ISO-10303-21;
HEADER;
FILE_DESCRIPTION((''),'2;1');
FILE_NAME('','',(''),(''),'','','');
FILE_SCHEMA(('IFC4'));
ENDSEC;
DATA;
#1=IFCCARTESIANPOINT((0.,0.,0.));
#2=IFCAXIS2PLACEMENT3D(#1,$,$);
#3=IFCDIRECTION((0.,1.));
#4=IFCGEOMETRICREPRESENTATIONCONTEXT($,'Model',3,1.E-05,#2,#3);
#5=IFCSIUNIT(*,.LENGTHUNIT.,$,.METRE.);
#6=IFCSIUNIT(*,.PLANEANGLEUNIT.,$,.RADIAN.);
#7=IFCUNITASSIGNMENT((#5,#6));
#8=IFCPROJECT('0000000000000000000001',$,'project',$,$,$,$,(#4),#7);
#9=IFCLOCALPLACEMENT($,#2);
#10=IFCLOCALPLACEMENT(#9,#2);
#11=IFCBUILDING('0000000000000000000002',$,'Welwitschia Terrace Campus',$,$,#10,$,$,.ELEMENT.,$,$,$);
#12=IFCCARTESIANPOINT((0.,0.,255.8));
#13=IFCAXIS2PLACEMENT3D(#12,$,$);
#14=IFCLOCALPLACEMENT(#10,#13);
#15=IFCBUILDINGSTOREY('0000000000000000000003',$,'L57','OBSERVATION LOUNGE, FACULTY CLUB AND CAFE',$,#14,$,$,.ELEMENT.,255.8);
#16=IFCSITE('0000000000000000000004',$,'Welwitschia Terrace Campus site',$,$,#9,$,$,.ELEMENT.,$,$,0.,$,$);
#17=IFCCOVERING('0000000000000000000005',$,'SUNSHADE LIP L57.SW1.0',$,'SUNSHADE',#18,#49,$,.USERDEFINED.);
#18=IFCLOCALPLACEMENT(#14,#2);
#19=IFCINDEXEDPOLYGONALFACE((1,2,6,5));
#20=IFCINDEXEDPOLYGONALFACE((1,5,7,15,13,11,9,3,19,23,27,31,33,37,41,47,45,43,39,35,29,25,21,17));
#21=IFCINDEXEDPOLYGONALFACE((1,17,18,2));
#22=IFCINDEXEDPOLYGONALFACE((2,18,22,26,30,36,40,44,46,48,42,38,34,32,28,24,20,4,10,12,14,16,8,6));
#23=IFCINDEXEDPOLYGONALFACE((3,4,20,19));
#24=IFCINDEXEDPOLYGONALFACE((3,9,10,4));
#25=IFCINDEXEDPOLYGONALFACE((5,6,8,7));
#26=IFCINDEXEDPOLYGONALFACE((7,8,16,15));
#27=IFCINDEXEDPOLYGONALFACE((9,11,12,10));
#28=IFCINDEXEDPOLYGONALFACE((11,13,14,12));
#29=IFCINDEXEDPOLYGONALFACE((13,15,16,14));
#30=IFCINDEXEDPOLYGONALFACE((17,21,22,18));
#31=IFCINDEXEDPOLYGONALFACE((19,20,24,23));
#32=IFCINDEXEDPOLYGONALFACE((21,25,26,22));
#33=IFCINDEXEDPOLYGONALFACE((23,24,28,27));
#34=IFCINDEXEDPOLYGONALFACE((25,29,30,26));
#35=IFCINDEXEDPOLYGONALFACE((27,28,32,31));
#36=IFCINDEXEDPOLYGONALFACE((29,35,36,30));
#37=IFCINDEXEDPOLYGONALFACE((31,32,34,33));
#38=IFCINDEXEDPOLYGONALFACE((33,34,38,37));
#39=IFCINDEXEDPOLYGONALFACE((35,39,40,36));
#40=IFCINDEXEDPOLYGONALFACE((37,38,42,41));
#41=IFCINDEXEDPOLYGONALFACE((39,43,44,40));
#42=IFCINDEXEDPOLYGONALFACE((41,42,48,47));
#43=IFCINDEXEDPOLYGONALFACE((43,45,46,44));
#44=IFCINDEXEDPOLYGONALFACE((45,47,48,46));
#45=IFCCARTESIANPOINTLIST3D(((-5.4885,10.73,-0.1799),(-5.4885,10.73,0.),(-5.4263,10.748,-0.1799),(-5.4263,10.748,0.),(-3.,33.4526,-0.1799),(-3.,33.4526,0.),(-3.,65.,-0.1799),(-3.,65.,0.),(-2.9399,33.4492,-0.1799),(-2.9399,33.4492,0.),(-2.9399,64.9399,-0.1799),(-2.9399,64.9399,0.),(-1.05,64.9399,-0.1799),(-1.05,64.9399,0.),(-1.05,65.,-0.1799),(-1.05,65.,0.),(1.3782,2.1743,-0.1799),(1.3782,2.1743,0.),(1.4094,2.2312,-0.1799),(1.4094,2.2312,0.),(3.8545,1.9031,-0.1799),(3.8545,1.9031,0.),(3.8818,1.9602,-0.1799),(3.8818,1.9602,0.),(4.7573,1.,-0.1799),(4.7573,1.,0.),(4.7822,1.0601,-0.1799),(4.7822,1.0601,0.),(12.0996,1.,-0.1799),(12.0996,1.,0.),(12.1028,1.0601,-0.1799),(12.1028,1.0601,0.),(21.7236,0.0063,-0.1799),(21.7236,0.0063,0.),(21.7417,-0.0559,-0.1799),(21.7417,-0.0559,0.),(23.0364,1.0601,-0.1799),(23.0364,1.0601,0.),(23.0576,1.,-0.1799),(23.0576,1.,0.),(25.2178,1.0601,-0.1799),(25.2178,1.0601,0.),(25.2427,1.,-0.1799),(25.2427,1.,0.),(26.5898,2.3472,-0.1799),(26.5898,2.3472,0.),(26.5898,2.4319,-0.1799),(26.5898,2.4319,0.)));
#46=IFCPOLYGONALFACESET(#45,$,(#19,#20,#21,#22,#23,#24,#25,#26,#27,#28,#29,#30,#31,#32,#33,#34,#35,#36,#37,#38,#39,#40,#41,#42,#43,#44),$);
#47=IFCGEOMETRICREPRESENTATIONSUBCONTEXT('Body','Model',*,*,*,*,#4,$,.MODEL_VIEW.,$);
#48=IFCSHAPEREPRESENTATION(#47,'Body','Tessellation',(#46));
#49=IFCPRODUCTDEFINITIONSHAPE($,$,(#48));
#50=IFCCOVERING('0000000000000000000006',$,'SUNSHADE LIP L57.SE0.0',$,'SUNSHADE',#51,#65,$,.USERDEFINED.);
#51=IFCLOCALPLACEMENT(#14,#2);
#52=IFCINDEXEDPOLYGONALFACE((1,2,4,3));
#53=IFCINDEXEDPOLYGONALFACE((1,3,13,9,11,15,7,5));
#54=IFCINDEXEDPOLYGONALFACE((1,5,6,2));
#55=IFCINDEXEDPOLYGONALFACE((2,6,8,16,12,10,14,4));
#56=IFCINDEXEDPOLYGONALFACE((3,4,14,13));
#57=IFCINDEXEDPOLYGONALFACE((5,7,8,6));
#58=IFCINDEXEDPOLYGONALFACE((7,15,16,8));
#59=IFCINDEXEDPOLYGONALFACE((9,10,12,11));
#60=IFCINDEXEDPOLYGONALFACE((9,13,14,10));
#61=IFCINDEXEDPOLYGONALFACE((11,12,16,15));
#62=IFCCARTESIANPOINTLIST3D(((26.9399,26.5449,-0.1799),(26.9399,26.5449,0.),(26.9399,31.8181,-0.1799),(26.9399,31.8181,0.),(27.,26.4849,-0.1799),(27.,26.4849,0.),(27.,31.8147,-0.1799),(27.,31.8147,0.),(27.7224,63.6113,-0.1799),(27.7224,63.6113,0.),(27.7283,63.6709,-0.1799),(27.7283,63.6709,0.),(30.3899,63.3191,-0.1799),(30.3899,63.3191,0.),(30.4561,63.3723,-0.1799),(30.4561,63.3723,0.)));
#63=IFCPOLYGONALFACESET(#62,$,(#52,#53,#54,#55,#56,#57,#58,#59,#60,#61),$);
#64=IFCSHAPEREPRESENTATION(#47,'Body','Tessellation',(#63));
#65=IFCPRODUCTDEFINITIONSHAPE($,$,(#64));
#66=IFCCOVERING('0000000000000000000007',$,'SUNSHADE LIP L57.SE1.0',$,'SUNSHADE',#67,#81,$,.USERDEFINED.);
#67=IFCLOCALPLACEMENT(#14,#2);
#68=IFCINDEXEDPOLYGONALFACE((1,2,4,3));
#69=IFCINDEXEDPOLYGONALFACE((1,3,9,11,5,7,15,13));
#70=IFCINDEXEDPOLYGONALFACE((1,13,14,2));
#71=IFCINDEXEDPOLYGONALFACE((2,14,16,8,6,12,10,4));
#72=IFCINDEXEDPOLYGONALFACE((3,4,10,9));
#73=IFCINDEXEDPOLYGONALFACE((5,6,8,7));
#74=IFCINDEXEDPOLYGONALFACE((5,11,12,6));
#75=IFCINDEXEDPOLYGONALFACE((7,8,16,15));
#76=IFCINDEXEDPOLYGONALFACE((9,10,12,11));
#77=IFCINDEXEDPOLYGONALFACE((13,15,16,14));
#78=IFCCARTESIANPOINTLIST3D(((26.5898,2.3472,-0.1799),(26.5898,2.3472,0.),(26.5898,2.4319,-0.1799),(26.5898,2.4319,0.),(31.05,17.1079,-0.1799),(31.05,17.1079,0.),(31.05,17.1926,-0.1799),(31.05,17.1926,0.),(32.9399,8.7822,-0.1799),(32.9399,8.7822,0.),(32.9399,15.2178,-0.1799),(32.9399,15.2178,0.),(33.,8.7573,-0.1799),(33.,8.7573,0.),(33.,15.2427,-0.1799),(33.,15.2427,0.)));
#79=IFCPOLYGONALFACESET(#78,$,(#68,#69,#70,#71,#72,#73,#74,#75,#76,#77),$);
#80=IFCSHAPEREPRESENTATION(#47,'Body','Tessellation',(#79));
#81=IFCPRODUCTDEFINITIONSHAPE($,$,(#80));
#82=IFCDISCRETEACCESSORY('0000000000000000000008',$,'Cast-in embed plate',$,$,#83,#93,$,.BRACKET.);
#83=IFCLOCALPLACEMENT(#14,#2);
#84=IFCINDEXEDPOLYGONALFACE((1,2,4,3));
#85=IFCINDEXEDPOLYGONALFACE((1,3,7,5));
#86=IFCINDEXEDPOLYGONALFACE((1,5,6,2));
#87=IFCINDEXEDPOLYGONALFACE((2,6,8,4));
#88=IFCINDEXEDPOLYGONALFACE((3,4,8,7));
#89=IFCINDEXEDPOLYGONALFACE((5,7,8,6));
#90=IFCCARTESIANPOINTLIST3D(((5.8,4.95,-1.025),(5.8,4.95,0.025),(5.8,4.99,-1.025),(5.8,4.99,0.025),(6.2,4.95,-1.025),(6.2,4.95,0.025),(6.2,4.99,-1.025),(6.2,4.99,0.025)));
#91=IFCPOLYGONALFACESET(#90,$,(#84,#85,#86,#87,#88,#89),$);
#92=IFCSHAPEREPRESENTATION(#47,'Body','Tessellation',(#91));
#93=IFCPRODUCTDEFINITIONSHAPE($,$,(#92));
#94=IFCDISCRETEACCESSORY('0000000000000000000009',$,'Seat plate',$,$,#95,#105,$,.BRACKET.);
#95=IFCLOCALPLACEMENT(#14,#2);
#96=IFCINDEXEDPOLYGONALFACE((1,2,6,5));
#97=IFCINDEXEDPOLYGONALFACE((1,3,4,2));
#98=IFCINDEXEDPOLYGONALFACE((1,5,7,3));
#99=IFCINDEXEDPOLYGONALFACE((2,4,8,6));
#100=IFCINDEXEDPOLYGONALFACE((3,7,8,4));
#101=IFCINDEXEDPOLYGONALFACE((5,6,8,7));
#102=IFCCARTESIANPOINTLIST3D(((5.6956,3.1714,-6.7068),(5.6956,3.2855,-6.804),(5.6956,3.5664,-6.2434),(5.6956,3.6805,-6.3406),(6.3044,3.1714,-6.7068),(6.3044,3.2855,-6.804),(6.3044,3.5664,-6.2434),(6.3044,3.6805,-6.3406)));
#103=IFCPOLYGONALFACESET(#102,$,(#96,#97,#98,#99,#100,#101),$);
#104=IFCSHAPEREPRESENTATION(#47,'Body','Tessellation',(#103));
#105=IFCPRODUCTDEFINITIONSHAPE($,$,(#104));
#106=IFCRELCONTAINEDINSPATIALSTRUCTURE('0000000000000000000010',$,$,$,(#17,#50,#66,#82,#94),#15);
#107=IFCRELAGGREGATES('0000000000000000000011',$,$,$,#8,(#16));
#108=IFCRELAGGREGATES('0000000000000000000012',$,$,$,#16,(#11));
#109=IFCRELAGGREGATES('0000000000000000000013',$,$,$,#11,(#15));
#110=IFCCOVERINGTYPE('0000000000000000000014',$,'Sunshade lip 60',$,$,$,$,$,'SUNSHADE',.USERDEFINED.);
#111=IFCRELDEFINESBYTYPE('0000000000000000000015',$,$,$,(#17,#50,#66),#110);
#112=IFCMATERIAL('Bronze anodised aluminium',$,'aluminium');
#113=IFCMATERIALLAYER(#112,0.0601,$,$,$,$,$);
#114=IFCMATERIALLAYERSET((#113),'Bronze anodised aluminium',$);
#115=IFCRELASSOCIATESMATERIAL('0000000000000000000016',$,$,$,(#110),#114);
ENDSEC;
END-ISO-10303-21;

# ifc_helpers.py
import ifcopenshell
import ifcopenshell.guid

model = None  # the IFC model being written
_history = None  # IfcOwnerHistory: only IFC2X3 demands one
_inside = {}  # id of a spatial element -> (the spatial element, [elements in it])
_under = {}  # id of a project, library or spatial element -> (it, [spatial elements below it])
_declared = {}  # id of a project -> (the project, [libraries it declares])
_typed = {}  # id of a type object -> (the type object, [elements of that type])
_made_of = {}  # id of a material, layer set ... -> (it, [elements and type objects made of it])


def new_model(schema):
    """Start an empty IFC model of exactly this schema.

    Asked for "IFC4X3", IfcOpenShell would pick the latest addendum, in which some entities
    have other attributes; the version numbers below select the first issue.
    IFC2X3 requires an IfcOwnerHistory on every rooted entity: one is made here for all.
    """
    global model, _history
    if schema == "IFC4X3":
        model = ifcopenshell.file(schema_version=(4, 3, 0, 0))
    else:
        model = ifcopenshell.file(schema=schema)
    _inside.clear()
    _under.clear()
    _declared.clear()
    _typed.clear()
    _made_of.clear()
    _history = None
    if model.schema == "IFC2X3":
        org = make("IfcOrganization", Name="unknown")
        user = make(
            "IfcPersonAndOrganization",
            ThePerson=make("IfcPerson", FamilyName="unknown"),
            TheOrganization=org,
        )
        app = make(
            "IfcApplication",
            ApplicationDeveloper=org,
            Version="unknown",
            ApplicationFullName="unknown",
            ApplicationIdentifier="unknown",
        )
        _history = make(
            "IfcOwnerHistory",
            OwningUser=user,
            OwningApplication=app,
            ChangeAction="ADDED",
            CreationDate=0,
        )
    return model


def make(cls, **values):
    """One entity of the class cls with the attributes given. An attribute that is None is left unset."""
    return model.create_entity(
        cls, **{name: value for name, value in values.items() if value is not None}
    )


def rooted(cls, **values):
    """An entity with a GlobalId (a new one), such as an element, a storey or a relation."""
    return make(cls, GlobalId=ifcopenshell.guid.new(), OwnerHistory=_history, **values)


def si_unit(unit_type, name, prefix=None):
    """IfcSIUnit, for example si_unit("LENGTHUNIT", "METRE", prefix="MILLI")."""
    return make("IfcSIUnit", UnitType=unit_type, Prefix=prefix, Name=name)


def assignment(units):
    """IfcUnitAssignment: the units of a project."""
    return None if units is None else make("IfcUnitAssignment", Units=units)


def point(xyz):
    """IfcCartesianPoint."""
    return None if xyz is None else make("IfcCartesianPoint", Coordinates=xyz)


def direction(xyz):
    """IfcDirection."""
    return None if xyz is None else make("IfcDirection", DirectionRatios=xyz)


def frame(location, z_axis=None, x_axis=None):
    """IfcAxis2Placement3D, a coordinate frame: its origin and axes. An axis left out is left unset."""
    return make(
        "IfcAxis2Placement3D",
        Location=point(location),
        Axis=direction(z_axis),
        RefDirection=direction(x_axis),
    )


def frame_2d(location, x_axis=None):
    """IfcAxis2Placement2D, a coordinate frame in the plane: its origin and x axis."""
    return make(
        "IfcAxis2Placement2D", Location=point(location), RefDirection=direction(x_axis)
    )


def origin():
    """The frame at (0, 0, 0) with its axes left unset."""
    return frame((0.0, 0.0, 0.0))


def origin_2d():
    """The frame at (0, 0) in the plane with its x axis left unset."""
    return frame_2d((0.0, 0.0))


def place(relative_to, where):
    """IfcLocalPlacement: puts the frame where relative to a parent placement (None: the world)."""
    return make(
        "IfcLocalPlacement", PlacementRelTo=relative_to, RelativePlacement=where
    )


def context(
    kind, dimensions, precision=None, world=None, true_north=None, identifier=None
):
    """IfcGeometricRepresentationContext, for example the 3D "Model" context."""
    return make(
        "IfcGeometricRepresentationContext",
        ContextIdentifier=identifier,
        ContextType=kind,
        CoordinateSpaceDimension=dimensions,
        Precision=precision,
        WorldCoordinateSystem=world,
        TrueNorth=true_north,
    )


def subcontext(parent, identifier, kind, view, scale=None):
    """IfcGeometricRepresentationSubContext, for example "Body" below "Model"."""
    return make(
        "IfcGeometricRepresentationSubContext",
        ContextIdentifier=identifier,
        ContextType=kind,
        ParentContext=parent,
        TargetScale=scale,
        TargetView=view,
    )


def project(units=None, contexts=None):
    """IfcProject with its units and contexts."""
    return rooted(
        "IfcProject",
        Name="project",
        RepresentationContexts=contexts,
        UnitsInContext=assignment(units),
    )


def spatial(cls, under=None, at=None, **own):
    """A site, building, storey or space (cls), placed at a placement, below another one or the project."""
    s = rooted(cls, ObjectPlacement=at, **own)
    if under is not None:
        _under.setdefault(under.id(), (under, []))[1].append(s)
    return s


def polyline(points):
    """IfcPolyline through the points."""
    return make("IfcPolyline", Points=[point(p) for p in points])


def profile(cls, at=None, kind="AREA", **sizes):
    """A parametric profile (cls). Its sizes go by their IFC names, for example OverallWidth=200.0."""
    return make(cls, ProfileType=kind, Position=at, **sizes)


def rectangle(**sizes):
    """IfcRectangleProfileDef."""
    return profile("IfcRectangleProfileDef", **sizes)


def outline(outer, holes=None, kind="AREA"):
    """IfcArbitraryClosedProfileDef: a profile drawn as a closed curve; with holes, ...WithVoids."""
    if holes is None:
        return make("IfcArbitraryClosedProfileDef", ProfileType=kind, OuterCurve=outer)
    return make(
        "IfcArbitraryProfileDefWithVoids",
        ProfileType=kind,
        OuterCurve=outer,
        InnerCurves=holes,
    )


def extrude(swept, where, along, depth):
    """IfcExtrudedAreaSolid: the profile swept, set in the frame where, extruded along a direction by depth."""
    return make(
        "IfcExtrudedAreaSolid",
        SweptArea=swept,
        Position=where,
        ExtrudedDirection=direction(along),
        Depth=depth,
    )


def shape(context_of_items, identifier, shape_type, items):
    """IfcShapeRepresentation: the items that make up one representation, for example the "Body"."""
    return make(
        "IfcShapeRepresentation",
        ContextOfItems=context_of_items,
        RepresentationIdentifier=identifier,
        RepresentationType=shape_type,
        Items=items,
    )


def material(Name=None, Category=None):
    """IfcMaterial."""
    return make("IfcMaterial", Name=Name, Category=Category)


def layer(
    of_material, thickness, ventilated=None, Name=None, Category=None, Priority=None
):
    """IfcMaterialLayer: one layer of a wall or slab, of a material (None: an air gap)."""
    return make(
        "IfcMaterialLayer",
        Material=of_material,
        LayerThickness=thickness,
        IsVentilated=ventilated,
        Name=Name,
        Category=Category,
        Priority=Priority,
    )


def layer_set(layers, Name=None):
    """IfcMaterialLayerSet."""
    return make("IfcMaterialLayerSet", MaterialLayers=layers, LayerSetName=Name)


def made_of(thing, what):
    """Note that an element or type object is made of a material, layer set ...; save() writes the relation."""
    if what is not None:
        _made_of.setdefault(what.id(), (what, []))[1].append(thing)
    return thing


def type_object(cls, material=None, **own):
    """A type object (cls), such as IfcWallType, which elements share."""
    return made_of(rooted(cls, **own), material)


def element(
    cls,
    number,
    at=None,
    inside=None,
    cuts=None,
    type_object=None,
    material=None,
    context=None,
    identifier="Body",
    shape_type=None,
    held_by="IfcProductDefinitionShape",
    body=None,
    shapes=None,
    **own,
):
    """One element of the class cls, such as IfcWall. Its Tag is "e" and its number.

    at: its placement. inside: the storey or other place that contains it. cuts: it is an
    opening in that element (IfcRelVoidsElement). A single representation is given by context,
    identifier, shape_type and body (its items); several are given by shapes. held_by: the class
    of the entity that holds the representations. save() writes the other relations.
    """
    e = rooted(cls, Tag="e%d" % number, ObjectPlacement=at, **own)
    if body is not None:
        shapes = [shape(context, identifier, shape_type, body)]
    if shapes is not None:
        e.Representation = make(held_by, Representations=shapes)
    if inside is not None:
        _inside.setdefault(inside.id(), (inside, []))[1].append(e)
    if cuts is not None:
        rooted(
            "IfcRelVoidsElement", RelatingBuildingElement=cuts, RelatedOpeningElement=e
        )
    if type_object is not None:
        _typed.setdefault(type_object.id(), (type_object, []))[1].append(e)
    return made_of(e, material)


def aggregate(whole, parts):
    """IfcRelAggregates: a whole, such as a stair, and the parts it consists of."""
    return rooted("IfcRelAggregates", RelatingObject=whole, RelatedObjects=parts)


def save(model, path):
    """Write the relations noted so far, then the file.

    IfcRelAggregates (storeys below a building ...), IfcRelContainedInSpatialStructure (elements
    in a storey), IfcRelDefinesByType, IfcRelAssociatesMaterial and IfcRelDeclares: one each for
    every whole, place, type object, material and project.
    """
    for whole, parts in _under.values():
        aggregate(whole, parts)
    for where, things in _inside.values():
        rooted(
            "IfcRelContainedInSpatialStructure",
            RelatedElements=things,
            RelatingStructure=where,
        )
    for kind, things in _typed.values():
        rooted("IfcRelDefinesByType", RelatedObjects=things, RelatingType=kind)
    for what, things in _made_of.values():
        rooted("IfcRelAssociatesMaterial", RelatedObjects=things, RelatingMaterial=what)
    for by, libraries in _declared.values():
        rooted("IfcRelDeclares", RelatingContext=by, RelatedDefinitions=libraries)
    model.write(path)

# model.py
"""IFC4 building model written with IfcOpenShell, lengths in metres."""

from ifc_helpers import new_model, si_unit, direction, frame, origin, origin_2d, place, context, subcontext, project, spatial, polyline, rectangle, outline, extrude, material, layer, layer_set, type_object, element, save


model = new_model("IFC4")

# Units and contexts
model_context = context("Model", 3, precision=1e-05, world=origin(), true_north=direction((0.0, 1.0)))
body_context = subcontext(model_context, "Body", "Model", "MODEL_VIEW")
ifc_project = project(units=[si_unit("LENGTHUNIT", "METRE"), si_unit("PLANEANGLEUNIT", "RADIAN")], contexts=[model_context])

# Site, building, storey
site_placement = place(None, origin())
site = spatial("IfcSite", under=ifc_project, at=site_placement, Name="Welwitschia Terrace Campus site", CompositionType="ELEMENT", RefElevation=0.0)
building_placement = place(site_placement, origin())
building = spatial("IfcBuilding", under=site, at=building_placement, Name="Welwitschia Terrace Campus", CompositionType="ELEMENT")
storey_placement = place(building_placement, frame((0.0, 0.0, 255.8)))
storey = spatial("IfcBuildingStorey", under=building, at=storey_placement, Name="L57", Description="OBSERVATION LOUNGE, FACULTY CLUB AND CAFE", CompositionType="ELEMENT", Elevation=255.8)

# Coverings
ifc_material_1 = material(Name="Bronze anodised aluminium", Category="aluminium")
ifc_layer_1 = layer(ifc_material_1, 0.0601)
ifc_layer_set_1 = layer_set([ifc_layer_1], Name="Bronze anodised aluminium")
covering_type_1 = type_object("IfcCoveringType", Name="Sunshade lip 60", ElementType="SUNSHADE", PredefinedType="USERDEFINED", material=ifc_layer_set_1)
covering_1_placement = place(storey_placement, frame((0.0, 0.0, -0.1799)))
element("IfcCovering", 1, at=covering_1_placement, inside=storey, type_object=covering_type_1, Name="SUNSHADE LIP L57.SW1.0", ObjectType="SUNSHADE", PredefinedType="USERDEFINED", context=body_context, shape_type="SweptSolid", body=[
    extrude(outline(polyline([(23.0576, 1.0), (21.7417, -0.0559), (12.0996, 1.0), (4.7573, 1.0), (3.8545, 1.9031), (1.3782, 2.1743), (-5.4885, 10.73), (-3.0, 33.4526), (-3.0, 65.0), (-1.05, 65.0), (-1.05, 64.9399), (-2.9399, 64.9399), (-2.9399, 33.4492), (-5.4263, 10.748), (1.4094, 2.2312), (3.8818, 1.9602), (4.7822, 1.0601), (12.1028, 1.0601), (21.7236, 0.0063), (23.0364, 1.0601), (25.2178, 1.0601), (26.5898, 2.4319), (26.5898, 2.3472), (25.2427, 1.0), (23.0576, 1.0)])), origin(), (0.0, 0.0, 1.0), 0.1799),
])
covering_2_placement = place(storey_placement, frame((0.0, 0.0, -0.1799)))
element("IfcCovering", 2, at=covering_2_placement, inside=storey, type_object=covering_type_1, Name="SUNSHADE LIP L57.SE0.0", ObjectType="SUNSHADE", PredefinedType="USERDEFINED", context=body_context, shape_type="SweptSolid", body=[
    extrude(outline(polyline([(27.0, 26.4849), (26.9399, 26.5449), (26.9399, 31.8181), (30.3899, 63.3191), (27.7224, 63.6113), (27.7283, 63.6709), (30.4561, 63.3723), (27.0, 31.8147), (27.0, 26.4849)])), origin(), (0.0, 0.0, 1.0), 0.1799),
])
covering_3_placement = place(storey_placement, frame((0.0, 0.0, -0.1799)))
element("IfcCovering", 3, at=covering_3_placement, inside=storey, type_object=covering_type_1, Name="SUNSHADE LIP L57.SE1.0", ObjectType="SUNSHADE", PredefinedType="USERDEFINED", context=body_context, shape_type="SweptSolid", body=[
    extrude(outline(polyline([(26.5898, 2.3472), (26.5898, 2.4319), (32.9399, 8.7822), (32.9399, 15.2178), (31.05, 17.1079), (31.05, 17.1926), (33.0, 15.2427), (33.0, 8.7573), (26.5898, 2.3472)])), origin(), (0.0, 0.0, 1.0), 0.1799),
])

# Discrete accessories
discrete_accessory_1_placement = place(storey_placement, frame((6.0, 4.95, -0.5), z_axis=(0.0, 1.0, 0.0), x_axis=(-1.0, 0.0, 0.0)))
element("IfcDiscreteAccessory", 4, at=discrete_accessory_1_placement, inside=storey, Name="Cast-in embed plate", PredefinedType="BRACKET", context=body_context, shape_type="SweptSolid", body=[
    extrude(rectangle(XDim=0.3999, YDim=1.05, at=origin_2d()), origin(), (0.0, 0.0, 1.0), 0.04),
])
discrete_accessory_2_placement = place(storey_placement, frame((6.0, 3.3689, -6.4751), z_axis=(0.0, 0.761094, -0.648641), x_axis=(-1.0, 0.0, 0.0)))
element("IfcDiscreteAccessory", 5, at=discrete_accessory_2_placement, inside=storey, Name="Seat plate", PredefinedType="BRACKET", context=body_context, shape_type="SweptSolid", body=[
    extrude(rectangle(XDim=0.6089, YDim=0.6089, at=origin_2d()), origin(), (0.0, 0.0, 1.0), 0.1499),
])

save(model, "model.ifc")
